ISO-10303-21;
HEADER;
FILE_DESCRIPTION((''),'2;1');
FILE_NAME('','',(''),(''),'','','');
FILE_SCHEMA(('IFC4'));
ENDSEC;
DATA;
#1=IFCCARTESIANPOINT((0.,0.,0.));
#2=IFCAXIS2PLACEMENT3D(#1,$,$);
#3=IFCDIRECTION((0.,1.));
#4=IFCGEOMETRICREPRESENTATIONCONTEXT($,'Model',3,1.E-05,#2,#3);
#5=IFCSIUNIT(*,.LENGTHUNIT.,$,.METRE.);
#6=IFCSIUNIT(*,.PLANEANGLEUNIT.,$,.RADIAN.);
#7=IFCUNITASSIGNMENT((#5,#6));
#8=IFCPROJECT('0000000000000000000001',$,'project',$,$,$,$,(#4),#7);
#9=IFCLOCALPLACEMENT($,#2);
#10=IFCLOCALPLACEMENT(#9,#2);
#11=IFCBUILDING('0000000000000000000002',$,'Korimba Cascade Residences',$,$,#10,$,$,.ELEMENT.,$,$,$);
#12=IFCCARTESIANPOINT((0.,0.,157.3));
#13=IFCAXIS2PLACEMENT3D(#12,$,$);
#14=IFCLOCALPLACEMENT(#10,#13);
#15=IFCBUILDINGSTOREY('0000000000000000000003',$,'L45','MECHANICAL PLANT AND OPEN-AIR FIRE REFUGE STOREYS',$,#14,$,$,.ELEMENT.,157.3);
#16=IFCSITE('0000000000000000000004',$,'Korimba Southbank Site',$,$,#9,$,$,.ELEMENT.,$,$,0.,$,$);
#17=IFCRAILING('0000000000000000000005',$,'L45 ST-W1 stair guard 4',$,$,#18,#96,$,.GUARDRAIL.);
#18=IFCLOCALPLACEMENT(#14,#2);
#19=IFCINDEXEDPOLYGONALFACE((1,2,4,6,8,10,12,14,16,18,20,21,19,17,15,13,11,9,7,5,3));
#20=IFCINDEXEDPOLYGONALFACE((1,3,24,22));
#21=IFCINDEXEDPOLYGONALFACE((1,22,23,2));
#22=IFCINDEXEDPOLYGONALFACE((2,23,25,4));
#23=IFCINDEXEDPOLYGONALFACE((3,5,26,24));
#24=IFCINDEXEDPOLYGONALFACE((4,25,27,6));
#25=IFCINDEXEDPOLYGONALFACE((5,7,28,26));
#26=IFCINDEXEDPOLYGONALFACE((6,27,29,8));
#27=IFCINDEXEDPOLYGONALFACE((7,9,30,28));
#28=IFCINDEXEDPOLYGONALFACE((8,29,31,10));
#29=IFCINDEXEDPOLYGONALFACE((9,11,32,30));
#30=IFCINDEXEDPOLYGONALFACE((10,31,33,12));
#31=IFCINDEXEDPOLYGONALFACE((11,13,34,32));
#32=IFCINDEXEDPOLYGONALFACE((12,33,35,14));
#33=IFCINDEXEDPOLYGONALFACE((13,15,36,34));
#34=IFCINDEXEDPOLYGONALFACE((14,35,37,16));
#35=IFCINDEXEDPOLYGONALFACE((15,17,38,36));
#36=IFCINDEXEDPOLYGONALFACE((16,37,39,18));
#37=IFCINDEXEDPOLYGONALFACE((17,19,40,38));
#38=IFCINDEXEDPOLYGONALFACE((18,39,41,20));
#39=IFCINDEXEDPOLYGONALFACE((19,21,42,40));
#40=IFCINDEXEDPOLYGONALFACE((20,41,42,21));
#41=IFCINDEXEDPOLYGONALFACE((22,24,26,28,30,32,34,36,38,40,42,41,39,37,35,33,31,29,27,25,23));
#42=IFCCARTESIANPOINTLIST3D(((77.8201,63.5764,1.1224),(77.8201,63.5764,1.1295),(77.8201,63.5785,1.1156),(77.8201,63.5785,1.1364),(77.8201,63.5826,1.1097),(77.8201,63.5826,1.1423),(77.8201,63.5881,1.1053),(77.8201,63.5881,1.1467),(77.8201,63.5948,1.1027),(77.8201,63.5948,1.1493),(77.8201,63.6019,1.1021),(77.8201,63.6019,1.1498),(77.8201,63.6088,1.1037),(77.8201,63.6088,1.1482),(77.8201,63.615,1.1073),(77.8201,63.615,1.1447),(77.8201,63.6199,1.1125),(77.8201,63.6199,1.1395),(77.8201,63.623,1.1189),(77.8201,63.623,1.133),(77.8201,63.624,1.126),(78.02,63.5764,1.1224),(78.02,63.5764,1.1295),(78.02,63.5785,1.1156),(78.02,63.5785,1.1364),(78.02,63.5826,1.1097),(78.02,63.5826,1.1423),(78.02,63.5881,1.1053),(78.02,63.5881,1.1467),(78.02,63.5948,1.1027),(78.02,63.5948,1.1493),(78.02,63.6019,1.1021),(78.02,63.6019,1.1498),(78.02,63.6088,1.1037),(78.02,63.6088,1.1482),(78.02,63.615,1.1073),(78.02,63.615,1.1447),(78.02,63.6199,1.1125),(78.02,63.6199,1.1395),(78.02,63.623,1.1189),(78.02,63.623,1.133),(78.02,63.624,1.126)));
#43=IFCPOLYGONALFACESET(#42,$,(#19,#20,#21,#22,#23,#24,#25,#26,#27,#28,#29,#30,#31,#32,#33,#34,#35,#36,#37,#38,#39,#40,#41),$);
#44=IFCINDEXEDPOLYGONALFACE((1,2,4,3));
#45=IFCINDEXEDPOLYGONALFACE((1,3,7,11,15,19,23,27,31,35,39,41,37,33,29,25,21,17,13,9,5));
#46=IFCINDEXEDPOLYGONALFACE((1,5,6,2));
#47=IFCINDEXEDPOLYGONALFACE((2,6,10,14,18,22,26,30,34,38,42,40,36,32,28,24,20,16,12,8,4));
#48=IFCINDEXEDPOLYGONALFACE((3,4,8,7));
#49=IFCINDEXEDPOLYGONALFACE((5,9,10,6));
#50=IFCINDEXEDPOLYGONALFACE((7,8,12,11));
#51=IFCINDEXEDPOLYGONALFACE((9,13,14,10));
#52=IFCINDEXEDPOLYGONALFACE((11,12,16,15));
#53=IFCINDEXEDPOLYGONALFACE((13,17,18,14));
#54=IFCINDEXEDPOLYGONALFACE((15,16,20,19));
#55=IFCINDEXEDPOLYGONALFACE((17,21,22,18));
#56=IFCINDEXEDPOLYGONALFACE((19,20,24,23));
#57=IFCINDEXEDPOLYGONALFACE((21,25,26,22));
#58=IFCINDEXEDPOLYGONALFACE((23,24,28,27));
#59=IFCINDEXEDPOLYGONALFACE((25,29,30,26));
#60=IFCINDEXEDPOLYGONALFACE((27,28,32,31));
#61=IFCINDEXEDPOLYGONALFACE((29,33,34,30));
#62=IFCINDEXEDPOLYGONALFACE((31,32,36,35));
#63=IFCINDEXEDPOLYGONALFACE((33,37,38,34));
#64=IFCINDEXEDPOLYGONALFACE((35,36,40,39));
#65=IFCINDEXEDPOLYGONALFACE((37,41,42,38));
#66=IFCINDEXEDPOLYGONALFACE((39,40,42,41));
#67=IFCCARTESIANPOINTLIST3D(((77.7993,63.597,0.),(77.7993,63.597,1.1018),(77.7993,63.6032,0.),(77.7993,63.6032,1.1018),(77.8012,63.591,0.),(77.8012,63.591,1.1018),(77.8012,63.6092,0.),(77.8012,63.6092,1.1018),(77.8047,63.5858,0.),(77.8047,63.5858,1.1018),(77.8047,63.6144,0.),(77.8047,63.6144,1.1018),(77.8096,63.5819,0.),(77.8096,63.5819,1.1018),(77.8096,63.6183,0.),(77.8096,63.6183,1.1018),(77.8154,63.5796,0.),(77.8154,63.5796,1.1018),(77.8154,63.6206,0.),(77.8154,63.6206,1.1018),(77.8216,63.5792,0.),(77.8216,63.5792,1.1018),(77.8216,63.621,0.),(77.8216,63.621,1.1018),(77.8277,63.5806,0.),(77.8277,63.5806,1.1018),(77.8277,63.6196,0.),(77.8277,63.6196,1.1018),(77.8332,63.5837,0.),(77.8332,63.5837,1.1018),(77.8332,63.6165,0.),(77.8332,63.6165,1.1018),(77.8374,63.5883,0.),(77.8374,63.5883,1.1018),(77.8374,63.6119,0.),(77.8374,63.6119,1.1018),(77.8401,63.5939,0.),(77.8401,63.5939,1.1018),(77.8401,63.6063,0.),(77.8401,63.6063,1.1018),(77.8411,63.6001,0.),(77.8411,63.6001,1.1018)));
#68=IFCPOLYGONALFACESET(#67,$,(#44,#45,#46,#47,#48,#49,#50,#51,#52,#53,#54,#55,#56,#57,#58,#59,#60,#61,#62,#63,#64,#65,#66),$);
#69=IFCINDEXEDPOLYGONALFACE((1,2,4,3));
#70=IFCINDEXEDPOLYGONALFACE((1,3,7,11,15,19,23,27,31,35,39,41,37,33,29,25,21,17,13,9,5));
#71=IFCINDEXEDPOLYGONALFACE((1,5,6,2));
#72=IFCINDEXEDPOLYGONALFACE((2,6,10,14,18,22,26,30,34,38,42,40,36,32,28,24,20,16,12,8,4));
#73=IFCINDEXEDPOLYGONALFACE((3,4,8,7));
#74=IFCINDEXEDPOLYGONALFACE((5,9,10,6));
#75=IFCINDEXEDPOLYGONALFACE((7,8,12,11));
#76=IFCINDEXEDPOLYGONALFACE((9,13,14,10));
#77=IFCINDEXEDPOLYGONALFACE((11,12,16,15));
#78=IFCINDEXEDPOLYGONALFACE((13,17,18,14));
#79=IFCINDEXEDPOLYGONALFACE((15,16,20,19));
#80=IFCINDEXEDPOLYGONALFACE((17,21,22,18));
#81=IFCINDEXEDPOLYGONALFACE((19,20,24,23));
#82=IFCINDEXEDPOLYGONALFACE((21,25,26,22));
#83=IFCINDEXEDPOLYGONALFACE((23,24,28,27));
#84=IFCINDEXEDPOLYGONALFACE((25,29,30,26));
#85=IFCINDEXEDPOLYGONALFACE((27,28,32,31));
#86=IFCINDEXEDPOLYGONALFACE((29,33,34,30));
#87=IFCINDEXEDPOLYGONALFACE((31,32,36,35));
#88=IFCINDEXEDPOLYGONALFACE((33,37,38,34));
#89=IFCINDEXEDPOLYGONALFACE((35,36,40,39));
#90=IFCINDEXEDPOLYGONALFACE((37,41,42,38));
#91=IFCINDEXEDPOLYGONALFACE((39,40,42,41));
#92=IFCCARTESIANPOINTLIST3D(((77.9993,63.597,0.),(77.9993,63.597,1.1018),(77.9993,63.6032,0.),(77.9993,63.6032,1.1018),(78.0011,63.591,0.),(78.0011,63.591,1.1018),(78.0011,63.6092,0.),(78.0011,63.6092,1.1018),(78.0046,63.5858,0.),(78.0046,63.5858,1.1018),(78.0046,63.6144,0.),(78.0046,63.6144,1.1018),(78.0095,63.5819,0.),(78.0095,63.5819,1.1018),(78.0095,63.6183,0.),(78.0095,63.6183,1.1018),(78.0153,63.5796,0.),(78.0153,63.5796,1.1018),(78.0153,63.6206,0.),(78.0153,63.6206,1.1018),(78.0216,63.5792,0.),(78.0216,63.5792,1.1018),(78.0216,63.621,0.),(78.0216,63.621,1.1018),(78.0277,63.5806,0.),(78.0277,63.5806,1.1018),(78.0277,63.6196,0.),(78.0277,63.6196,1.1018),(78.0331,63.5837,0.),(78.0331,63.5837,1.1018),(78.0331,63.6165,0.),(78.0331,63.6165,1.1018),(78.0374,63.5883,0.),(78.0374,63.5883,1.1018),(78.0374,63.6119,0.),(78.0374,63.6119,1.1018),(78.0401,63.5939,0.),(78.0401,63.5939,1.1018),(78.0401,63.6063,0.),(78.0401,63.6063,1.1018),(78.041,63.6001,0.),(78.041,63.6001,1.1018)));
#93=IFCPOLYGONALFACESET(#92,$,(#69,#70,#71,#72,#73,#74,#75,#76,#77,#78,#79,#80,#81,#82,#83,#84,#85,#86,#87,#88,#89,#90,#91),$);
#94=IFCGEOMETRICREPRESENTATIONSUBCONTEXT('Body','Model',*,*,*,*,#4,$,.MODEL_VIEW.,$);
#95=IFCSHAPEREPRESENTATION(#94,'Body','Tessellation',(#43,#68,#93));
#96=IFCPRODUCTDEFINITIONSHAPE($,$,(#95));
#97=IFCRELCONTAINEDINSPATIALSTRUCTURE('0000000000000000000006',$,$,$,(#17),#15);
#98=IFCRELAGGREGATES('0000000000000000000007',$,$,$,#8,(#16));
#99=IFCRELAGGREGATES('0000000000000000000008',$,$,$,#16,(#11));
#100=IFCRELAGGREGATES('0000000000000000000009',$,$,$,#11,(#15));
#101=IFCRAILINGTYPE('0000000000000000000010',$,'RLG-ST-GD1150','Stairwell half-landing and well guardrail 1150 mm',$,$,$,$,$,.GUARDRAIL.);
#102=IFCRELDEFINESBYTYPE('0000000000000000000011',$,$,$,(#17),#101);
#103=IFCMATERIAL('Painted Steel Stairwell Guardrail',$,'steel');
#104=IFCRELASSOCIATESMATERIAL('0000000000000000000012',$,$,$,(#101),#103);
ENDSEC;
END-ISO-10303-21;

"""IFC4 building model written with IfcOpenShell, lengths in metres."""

from ifc_helpers import new_model, si_unit, direction, frame, origin, origin_2d, place, context, subcontext, project, spatial, circle, extrude, material, type_object, element, save


model = new_model("IFC4")

# Units and contexts
model_context = context("Model", 3, precision=1e-05, world=origin(), true_north=direction((0.0, 1.0)))
body_context = subcontext(model_context, "Body", "Model", "MODEL_VIEW")
ifc_project = project(units=[si_unit("LENGTHUNIT", "METRE"), si_unit("PLANEANGLEUNIT", "RADIAN")], contexts=[model_context])

# Site, building, storey
site_placement = place(None, origin())
site = spatial("IfcSite", under=ifc_project, at=site_placement, Name="Korimba Southbank Site", CompositionType="ELEMENT", RefElevation=0.0)
building_placement = place(site_placement, origin())
building = spatial("IfcBuilding", under=site, at=building_placement, Name="Korimba Cascade Residences", CompositionType="ELEMENT")
storey_placement = place(building_placement, frame((0.0, 0.0, 157.3)))
storey = spatial("IfcBuildingStorey", under=building, at=storey_placement, Name="L45", Description="MECHANICAL PLANT AND OPEN-AIR FIRE REFUGE STOREYS", CompositionType="ELEMENT", Elevation=157.3)

# Railing
ifc_material_1 = material(Name="Painted Steel Stairwell Guardrail", Category="steel")
railing_type_1 = type_object("IfcRailingType", Name="RLG-ST-GD1150", Description="Stairwell half-landing and well guardrail 1150 mm", PredefinedType="GUARDRAIL", material=ifc_material_1)
railing_1_placement = place(storey_placement, frame((77.8201, 63.6001, 0.0)))
element("IfcRailing", 1, at=railing_1_placement, inside=storey, type_object=railing_type_1, Name="L45 ST-W1 stair guard 4", PredefinedType="GUARDRAIL", context=body_context, shape_type="SweptSolid", body=[
    extrude(circle(Radius=0.0239, at=origin_2d()), frame((0.0, 0.0, 1.126), z_axis=(1.0, 0.0, 0.0), x_axis=(0.0, 1.0, 0.0)), (0.0, 0.0, 1.0), 0.2),
    extrude(circle(Radius=0.021, at=origin_2d()), origin(), (0.0, 0.0, 1.0), 1.1018),
    extrude(circle(Radius=0.021, at=origin_2d()), frame((0.2, 0.0, 0.0)), (0.0, 0.0, 1.0), 1.1018),
])

save(model, "model.ifc")
